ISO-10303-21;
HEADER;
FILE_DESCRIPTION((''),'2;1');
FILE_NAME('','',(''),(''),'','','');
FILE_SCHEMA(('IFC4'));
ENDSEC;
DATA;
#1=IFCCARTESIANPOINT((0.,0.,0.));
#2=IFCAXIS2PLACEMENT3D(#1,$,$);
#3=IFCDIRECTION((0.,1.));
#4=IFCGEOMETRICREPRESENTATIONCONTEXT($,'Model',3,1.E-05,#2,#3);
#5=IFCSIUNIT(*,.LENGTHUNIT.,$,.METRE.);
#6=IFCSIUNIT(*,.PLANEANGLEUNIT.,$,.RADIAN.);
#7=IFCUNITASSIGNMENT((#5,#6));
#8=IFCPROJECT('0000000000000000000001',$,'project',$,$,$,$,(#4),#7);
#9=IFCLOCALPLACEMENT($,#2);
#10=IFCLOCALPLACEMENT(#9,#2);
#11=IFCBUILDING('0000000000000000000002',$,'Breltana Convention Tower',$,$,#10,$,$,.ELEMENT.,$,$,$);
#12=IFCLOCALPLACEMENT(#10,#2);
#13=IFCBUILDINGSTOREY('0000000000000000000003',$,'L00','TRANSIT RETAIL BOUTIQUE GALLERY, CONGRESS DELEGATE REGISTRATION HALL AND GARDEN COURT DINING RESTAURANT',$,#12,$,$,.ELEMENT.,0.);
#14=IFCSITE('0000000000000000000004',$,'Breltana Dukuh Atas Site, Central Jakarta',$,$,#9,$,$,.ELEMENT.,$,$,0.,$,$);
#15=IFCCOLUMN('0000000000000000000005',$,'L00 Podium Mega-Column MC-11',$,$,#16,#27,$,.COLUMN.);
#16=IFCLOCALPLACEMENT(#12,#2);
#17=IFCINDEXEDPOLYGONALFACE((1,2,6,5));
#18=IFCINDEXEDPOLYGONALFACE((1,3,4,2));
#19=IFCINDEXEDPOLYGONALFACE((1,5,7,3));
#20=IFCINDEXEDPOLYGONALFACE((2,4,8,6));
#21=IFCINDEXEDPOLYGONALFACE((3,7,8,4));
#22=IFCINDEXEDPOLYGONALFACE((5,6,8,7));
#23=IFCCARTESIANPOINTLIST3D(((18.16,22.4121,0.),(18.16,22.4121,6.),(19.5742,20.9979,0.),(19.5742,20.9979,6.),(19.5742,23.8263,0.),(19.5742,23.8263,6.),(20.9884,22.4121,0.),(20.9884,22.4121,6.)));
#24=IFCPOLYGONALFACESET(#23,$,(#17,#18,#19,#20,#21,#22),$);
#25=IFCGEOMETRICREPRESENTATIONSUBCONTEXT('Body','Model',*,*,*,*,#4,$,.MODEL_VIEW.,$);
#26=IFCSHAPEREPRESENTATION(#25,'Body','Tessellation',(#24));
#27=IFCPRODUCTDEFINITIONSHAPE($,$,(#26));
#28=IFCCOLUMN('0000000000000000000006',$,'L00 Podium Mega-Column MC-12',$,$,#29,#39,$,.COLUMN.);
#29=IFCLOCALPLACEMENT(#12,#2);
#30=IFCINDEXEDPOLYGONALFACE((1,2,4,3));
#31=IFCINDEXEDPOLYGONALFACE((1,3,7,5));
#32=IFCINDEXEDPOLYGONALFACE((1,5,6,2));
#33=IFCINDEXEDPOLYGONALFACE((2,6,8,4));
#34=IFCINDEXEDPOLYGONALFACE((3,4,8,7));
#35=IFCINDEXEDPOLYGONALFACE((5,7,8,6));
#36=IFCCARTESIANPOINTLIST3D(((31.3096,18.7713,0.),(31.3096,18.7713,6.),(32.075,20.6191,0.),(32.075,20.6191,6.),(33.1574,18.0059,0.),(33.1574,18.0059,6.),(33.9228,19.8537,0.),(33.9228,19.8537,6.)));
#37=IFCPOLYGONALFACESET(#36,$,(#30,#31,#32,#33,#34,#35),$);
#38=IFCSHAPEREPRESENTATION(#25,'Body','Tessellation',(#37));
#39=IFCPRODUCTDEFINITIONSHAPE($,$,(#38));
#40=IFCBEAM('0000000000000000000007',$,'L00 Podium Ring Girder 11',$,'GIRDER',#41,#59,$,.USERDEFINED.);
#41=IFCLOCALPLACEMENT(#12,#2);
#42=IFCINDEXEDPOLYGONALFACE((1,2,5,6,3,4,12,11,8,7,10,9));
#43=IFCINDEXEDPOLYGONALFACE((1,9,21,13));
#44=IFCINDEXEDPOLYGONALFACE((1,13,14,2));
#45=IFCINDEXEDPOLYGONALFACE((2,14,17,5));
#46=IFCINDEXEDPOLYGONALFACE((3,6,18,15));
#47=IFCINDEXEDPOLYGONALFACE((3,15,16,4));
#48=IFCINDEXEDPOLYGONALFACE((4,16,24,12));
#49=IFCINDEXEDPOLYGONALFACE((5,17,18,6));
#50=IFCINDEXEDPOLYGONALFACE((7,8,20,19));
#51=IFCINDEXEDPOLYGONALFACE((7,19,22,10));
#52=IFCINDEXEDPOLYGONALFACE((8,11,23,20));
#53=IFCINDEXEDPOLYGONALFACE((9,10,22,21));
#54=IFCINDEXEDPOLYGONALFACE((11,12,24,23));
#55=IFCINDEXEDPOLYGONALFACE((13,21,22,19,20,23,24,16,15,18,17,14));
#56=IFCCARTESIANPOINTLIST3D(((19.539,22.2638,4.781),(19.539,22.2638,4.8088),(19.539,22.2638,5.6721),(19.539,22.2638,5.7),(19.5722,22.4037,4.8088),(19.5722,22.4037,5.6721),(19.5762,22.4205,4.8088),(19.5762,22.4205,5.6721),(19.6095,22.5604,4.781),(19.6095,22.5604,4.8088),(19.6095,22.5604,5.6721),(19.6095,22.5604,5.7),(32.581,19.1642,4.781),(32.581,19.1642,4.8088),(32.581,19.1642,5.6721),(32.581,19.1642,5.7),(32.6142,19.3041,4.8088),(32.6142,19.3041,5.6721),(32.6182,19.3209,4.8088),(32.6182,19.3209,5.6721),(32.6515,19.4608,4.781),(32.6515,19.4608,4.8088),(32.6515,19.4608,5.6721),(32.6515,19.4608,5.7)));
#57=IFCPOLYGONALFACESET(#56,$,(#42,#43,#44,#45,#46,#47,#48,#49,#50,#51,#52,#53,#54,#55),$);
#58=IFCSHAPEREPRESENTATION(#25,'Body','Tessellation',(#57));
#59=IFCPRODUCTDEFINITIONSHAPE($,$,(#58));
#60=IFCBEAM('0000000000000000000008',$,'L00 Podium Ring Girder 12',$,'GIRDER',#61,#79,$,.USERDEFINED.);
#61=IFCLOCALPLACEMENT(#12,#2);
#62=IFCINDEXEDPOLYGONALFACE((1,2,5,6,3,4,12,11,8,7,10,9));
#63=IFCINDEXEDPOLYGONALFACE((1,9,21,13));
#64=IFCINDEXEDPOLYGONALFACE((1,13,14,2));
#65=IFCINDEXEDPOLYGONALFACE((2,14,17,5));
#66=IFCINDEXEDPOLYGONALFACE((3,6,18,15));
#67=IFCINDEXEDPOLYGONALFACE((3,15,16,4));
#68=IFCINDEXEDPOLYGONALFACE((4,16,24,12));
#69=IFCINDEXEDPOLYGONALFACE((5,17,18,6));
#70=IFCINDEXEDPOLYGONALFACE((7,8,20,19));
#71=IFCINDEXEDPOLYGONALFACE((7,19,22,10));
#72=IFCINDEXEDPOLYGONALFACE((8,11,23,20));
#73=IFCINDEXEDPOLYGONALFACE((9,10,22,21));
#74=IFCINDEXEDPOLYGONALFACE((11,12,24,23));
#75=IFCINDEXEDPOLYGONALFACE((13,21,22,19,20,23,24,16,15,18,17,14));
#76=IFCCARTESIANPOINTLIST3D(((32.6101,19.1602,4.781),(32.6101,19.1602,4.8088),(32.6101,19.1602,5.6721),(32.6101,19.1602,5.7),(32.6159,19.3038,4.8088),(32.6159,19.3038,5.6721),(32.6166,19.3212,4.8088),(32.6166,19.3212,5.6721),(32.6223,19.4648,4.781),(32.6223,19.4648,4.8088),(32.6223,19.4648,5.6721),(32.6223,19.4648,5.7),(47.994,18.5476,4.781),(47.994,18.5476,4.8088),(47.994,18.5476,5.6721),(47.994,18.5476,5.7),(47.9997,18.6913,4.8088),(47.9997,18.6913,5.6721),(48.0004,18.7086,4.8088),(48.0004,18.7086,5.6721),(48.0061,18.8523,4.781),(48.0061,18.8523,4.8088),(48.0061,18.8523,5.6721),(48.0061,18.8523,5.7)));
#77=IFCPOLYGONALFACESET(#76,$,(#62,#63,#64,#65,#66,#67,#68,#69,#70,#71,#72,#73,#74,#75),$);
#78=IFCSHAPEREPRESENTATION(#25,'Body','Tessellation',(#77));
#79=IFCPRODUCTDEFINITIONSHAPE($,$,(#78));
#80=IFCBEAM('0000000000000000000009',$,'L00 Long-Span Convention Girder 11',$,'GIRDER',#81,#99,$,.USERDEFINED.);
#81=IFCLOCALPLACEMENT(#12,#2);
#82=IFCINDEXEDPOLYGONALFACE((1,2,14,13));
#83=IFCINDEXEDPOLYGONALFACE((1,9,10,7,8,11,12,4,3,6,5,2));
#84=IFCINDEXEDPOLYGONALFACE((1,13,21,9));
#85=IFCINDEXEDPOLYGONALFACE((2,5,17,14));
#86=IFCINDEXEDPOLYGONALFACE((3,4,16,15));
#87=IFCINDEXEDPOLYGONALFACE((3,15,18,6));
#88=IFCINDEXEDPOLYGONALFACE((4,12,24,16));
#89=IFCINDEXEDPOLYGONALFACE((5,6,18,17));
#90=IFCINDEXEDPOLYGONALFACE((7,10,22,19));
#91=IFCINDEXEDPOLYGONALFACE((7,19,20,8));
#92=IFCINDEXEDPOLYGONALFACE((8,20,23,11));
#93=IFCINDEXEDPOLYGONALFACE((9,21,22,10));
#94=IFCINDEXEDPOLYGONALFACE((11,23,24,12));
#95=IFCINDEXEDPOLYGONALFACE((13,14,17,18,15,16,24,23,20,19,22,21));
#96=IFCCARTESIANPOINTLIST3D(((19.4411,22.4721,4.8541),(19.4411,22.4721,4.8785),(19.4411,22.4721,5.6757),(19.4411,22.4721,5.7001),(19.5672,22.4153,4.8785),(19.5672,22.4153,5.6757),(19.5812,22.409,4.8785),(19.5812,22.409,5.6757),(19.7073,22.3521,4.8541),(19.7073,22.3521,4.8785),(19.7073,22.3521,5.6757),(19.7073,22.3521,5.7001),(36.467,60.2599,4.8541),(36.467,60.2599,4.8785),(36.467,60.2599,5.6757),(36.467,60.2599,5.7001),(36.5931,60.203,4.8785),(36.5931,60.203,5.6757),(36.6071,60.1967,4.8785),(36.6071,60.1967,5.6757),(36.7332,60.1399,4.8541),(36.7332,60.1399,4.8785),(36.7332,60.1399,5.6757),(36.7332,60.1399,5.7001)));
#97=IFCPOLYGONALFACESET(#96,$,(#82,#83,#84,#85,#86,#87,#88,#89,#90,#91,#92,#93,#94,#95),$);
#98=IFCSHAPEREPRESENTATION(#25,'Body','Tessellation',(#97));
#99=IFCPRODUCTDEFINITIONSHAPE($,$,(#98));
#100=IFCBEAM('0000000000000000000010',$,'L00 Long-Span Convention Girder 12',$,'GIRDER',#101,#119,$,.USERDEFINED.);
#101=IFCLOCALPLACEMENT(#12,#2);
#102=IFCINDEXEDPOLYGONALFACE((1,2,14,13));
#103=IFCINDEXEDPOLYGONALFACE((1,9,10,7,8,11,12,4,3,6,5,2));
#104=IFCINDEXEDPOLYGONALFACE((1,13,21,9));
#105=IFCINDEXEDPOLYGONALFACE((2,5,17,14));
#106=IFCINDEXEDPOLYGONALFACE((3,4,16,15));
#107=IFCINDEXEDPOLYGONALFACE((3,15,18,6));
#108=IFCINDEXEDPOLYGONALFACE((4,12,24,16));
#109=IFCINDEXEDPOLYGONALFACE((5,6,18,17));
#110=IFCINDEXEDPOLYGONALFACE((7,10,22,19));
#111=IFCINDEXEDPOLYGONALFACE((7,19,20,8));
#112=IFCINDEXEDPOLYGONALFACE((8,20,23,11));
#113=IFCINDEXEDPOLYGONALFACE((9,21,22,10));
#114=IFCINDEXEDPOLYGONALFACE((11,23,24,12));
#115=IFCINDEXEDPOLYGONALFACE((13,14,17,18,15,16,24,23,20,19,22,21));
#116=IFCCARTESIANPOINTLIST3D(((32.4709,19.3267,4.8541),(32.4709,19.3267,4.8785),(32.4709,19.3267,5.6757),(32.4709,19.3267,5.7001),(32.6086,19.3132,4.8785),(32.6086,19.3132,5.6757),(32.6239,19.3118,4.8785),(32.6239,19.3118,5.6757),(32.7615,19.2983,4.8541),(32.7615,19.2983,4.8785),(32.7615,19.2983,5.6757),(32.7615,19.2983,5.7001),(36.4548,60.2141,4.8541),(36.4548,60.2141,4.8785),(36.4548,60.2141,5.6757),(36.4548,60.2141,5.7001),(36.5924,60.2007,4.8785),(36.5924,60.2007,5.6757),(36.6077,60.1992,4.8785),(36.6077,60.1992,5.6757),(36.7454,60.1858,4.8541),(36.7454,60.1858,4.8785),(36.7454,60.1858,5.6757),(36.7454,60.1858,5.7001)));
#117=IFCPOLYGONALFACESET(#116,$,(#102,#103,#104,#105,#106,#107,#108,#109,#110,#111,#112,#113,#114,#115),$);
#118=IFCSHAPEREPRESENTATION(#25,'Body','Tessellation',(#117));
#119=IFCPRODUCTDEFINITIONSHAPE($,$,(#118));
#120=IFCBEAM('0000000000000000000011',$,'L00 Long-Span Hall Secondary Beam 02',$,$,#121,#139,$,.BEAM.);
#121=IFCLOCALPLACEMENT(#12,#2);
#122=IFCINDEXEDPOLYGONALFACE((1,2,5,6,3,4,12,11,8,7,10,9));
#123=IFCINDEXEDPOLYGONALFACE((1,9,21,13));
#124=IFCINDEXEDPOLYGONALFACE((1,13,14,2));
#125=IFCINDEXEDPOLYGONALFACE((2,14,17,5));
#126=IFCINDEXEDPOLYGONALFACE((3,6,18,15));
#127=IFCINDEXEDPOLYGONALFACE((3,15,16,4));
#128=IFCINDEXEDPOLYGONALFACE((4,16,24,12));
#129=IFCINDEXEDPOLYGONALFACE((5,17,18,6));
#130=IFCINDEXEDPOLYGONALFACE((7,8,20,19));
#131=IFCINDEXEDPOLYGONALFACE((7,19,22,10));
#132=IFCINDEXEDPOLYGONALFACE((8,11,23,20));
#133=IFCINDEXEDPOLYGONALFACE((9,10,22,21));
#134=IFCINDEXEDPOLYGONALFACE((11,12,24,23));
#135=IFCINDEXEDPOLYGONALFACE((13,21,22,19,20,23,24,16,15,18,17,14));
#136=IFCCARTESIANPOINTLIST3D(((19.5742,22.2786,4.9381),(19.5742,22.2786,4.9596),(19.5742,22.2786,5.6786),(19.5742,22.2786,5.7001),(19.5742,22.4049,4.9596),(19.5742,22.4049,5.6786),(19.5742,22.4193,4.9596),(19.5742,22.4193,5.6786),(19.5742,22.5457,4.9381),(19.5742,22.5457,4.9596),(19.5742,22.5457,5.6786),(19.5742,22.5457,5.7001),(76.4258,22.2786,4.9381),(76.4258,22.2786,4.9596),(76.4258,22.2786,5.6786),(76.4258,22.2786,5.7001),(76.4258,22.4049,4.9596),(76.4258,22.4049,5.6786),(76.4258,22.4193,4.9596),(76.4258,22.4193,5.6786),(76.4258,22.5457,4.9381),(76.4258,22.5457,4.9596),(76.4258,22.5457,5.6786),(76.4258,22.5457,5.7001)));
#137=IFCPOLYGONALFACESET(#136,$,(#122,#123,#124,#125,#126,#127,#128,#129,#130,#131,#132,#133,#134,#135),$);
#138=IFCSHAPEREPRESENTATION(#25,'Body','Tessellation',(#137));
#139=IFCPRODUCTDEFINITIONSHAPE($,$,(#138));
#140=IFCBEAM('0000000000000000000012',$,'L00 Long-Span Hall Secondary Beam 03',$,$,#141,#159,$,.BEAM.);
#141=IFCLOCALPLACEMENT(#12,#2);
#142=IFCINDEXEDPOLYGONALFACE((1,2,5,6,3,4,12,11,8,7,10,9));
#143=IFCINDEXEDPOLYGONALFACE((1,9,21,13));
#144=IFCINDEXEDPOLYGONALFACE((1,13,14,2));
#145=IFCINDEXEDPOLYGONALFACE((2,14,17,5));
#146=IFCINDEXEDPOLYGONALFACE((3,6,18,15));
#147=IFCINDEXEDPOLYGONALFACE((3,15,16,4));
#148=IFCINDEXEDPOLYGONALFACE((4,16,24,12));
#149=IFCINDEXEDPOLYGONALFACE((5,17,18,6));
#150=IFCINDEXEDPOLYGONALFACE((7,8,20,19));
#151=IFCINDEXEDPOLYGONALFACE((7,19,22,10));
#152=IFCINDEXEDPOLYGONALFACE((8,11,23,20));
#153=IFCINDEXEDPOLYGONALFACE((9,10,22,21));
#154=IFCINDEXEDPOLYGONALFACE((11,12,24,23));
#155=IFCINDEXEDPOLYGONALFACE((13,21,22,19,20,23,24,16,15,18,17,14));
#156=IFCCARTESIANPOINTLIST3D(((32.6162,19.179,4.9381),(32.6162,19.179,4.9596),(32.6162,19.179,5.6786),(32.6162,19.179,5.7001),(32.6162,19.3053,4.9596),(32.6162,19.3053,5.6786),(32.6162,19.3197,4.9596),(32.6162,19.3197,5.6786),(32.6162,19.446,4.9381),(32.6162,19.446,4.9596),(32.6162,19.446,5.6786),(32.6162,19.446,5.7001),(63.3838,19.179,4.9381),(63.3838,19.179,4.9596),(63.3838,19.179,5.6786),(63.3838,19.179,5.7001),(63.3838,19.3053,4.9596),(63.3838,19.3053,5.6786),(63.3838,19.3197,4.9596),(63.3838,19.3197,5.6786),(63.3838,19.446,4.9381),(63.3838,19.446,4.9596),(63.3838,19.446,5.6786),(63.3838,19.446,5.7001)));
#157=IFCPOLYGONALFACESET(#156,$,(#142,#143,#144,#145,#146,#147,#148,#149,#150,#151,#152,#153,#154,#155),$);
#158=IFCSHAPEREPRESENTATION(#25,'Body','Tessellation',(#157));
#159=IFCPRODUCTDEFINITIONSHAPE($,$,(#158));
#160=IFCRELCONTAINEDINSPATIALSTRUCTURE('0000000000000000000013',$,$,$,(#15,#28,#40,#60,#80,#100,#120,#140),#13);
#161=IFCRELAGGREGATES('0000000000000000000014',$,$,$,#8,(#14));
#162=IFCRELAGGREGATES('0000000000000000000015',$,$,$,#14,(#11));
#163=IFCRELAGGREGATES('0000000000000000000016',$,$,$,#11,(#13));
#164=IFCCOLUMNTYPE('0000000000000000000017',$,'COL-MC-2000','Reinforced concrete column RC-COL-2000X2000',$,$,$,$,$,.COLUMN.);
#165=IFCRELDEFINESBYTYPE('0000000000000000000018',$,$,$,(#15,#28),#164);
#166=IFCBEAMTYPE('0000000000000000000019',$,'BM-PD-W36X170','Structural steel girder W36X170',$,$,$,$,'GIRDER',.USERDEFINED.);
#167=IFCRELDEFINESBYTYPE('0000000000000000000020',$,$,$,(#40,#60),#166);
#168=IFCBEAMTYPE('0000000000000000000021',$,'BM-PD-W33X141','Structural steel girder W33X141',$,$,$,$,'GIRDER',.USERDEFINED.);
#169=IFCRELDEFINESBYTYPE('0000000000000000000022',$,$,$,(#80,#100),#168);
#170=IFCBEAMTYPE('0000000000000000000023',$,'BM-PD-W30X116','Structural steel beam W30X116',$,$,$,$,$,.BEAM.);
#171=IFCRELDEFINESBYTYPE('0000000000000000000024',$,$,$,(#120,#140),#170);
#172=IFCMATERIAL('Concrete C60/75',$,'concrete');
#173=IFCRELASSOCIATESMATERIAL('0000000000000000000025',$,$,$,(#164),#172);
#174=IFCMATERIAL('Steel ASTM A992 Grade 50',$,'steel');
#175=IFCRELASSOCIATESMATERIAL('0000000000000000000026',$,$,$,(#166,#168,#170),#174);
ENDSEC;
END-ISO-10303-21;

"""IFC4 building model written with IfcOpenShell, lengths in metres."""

from ifc_helpers import new_model, si_unit, direction, frame, origin, origin_2d, place, context, subcontext, project, spatial, rectangle, i_section, extrude, source, transform, mapped, material, material_profile, profile_set, type_object, element, save


model = new_model("IFC4")

# Units and contexts
model_context = context("Model", 3, precision=1e-05, world=origin(), true_north=direction((0.0, 1.0)))
body_context = subcontext(model_context, "Body", "Model", "MODEL_VIEW")
ifc_project = project(units=[si_unit("LENGTHUNIT", "METRE"), si_unit("PLANEANGLEUNIT", "RADIAN")], contexts=[model_context])

# Site, building, storey
site_placement = place(None, origin())
site = spatial("IfcSite", under=ifc_project, at=site_placement, Name="Breltana Dukuh Atas Site, Central Jakarta", CompositionType="ELEMENT", RefElevation=0.0)
building_placement = place(site_placement, origin())
building = spatial("IfcBuilding", under=site, at=building_placement, Name="Breltana Convention Tower", CompositionType="ELEMENT")
storey_placement = place(building_placement, origin())
storey = spatial("IfcBuildingStorey", under=building, at=storey_placement, Name="L00", Description="TRANSIT RETAIL BOUTIQUE GALLERY, CONGRESS DELEGATE REGISTRATION HALL AND GARDEN COURT DINING RESTAURANT", CompositionType="ELEMENT", Elevation=0.0)

# Columns
ifc_material_1 = material(Name="Concrete C60/75", Category="concrete")
ifc_material_profile_1 = material_profile(ifc_material_1, rectangle(XDim=2.0, YDim=2.0, at=origin_2d()), Name="RC-COL-2000X2000")
ifc_profile_set_1 = profile_set([ifc_material_profile_1], Name="Concrete C60/75")
column_type = type_object("IfcColumnType", Name="COL-MC-2000", Description="Reinforced concrete column RC-COL-2000X2000", PredefinedType="COLUMN", material=ifc_profile_set_1)
shared_shape_1 = source(origin(), body_context, "Body", "SweptSolid", [
    extrude(rectangle(XDim=2.0, YDim=2.0, at=origin_2d()), origin(), (0.0, 0.0, 1.0), 6.0),
])
for number, where, z_axis, x_axis, name in (
    (1, (19.5742, 22.4121, 0.0), (0.0, 0.0, 1.0), (-0.707107, -0.707107, 0.0), "L00 Podium Mega-Column MC-11"),
    (2, (32.6162, 19.3125, 0.0), (0.0, 0.0, 1.0), (-0.382683, -0.92388, 0.0), "L00 Podium Mega-Column MC-12"),
):
    element("IfcColumn", number, at=place(storey_placement, frame(where, z_axis=z_axis, x_axis=x_axis)), inside=storey, type_object=column_type, Name=name, PredefinedType="COLUMN", context=body_context, shape_type="MappedRepresentation", body=[
        mapped(shared_shape_1, transform((0.0, 0.0, 0.0), scale=1.0)),
    ])

# Beams
ifc_material_2 = material(Name="Steel ASTM A992 Grade 50", Category="steel")
ifc_material_profile_2 = material_profile(ifc_material_2, i_section(OverallWidth=0.3049, OverallDepth=0.9189, WebThickness=0.0173, FlangeThickness=0.0278, at=origin_2d()), Name="W36X170")
ifc_profile_set_2 = profile_set([ifc_material_profile_2], Name="Steel ASTM A992 Grade 50")
beam_type_1 = type_object("IfcBeamType", Name="BM-PD-W36X170", Description="Structural steel girder W36X170", ElementType="GIRDER", PredefinedType="USERDEFINED", material=ifc_profile_set_2)
shared_shape_2 = source(origin(), body_context, "Body", "SweptSolid", [
    extrude(i_section(OverallWidth=0.3049, OverallDepth=0.9189, WebThickness=0.0173, FlangeThickness=0.0278, at=origin_2d()), origin(), (0.0, 0.0, 1.0), 13.4053),
])
beam_1_placement = place(storey_placement, frame((19.5742, 22.4121, 5.2405), z_axis=(0.972901, -0.231223, 0.0), x_axis=(0.231223, 0.972901, 0.0)))
element("IfcBeam", 3, at=beam_1_placement, inside=storey, type_object=beam_type_1, Name="L00 Podium Ring Girder 11", ObjectType="GIRDER", PredefinedType="USERDEFINED", context=body_context, shape_type="MappedRepresentation", body=[
    mapped(shared_shape_2, transform((0.0, 0.0, 0.0), scale=1.0)),
])
shared_shape_3 = source(origin(), body_context, "Body", "SweptSolid", [
    extrude(i_section(OverallWidth=0.3049, OverallDepth=0.9189, WebThickness=0.0173, FlangeThickness=0.0278, at=origin_2d()), origin(), (0.0, 0.0, 1.0), 15.396),
])
beam_2_placement = place(storey_placement, frame((32.6162, 19.3125, 5.2405), z_axis=(0.999208, -0.039786, 0.0), x_axis=(0.039786, 0.999208, 0.0)))
element("IfcBeam", 4, at=beam_2_placement, inside=storey, type_object=beam_type_1, Name="L00 Podium Ring Girder 12", ObjectType="GIRDER", PredefinedType="USERDEFINED", context=body_context, shape_type="MappedRepresentation", body=[
    mapped(shared_shape_3, transform((0.0, 0.0, 0.0), scale=1.0)),
])
ifc_material_profile_3 = material_profile(ifc_material_2, i_section(OverallWidth=0.292, OverallDepth=0.8459, WebThickness=0.0154, FlangeThickness=0.0244, at=origin_2d()), Name="W33X141")
ifc_profile_set_3 = profile_set([ifc_material_profile_3], Name="Steel ASTM A992 Grade 50")
beam_type_2 = type_object("IfcBeamType", Name="BM-PD-W33X141", Description="Structural steel girder W33X141", ElementType="GIRDER", PredefinedType="USERDEFINED", material=ifc_profile_set_3)
shared_shape_4 = source(origin(), body_context, "Body", "SweptSolid", [
    extrude(i_section(OverallWidth=0.292, OverallDepth=0.8459, WebThickness=0.0154, FlangeThickness=0.0244, at=origin_2d()), origin(), (0.0, 0.0, 1.0), 41.4463),
])
beam_3_placement = place(storey_placement, frame((19.5742, 22.4121, 5.2771), z_axis=(0.410793, 0.911729, 0.0), x_axis=(-0.911729, 0.410793, 0.0)))
element("IfcBeam", 5, at=beam_3_placement, inside=storey, type_object=beam_type_2, Name="L00 Long-Span Convention Girder 11", ObjectType="GIRDER", PredefinedType="USERDEFINED", context=body_context, shape_type="MappedRepresentation", body=[
    mapped(shared_shape_4, transform((0.0, 0.0, 0.0), scale=1.0)),
])
shared_shape_5 = source(origin(), body_context, "Body", "SweptSolid", [
    extrude(i_section(OverallWidth=0.292, OverallDepth=0.8459, WebThickness=0.0154, FlangeThickness=0.0244, at=origin_2d()), origin(), (0.0, 0.0, 1.0), 41.0811),
])
beam_4_placement = place(storey_placement, frame((32.6162, 19.3125, 5.2771), z_axis=(0.096976, 0.995287, 0.0), x_axis=(-0.995287, 0.096976, 0.0)))
element("IfcBeam", 6, at=beam_4_placement, inside=storey, type_object=beam_type_2, Name="L00 Long-Span Convention Girder 12", ObjectType="GIRDER", PredefinedType="USERDEFINED", context=body_context, shape_type="MappedRepresentation", body=[
    mapped(shared_shape_5, transform((0.0, 0.0, 0.0), scale=1.0)),
])
ifc_material_profile_4 = material_profile(ifc_material_2, i_section(OverallWidth=0.2671, OverallDepth=0.762, WebThickness=0.0144, FlangeThickness=0.0215, at=origin_2d()), Name="W30X116")
ifc_profile_set_4 = profile_set([ifc_material_profile_4], Name="Steel ASTM A992 Grade 50")
beam_type_3 = type_object("IfcBeamType", Name="BM-PD-W30X116", Description="Structural steel beam W30X116", PredefinedType="BEAM", material=ifc_profile_set_4)
shared_shape_6 = source(origin(), body_context, "Body", "SweptSolid", [
    extrude(i_section(OverallWidth=0.2671, OverallDepth=0.762, WebThickness=0.0144, FlangeThickness=0.0215, at=origin_2d()), origin(), (0.0, 0.0, 1.0), 56.8516),
])
beam_5_placement = place(storey_placement, frame((19.5742, 22.4121, 5.3191), z_axis=(1.0, 0.0, 0.0), x_axis=(0.0, 1.0, 0.0)))
element("IfcBeam", 7, at=beam_5_placement, inside=storey, type_object=beam_type_3, Name="L00 Long-Span Hall Secondary Beam 02", PredefinedType="BEAM", context=body_context, shape_type="MappedRepresentation", body=[
    mapped(shared_shape_6, transform((0.0, 0.0, 0.0), scale=1.0)),
])
shared_shape_7 = source(origin(), body_context, "Body", "SweptSolid", [
    extrude(i_section(OverallWidth=0.2671, OverallDepth=0.762, WebThickness=0.0144, FlangeThickness=0.0215, at=origin_2d()), origin(), (0.0, 0.0, 1.0), 30.7676),
])
beam_6_placement = place(storey_placement, frame((32.6162, 19.3125, 5.3191), z_axis=(1.0, 0.0, 0.0), x_axis=(0.0, 1.0, 0.0)))
element("IfcBeam", 8, at=beam_6_placement, inside=storey, type_object=beam_type_3, Name="L00 Long-Span Hall Secondary Beam 03", PredefinedType="BEAM", context=body_context, shape_type="MappedRepresentation", body=[
    mapped(shared_shape_7, transform((0.0, 0.0, 0.0), scale=1.0)),
])

save(model, "model.ifc")
